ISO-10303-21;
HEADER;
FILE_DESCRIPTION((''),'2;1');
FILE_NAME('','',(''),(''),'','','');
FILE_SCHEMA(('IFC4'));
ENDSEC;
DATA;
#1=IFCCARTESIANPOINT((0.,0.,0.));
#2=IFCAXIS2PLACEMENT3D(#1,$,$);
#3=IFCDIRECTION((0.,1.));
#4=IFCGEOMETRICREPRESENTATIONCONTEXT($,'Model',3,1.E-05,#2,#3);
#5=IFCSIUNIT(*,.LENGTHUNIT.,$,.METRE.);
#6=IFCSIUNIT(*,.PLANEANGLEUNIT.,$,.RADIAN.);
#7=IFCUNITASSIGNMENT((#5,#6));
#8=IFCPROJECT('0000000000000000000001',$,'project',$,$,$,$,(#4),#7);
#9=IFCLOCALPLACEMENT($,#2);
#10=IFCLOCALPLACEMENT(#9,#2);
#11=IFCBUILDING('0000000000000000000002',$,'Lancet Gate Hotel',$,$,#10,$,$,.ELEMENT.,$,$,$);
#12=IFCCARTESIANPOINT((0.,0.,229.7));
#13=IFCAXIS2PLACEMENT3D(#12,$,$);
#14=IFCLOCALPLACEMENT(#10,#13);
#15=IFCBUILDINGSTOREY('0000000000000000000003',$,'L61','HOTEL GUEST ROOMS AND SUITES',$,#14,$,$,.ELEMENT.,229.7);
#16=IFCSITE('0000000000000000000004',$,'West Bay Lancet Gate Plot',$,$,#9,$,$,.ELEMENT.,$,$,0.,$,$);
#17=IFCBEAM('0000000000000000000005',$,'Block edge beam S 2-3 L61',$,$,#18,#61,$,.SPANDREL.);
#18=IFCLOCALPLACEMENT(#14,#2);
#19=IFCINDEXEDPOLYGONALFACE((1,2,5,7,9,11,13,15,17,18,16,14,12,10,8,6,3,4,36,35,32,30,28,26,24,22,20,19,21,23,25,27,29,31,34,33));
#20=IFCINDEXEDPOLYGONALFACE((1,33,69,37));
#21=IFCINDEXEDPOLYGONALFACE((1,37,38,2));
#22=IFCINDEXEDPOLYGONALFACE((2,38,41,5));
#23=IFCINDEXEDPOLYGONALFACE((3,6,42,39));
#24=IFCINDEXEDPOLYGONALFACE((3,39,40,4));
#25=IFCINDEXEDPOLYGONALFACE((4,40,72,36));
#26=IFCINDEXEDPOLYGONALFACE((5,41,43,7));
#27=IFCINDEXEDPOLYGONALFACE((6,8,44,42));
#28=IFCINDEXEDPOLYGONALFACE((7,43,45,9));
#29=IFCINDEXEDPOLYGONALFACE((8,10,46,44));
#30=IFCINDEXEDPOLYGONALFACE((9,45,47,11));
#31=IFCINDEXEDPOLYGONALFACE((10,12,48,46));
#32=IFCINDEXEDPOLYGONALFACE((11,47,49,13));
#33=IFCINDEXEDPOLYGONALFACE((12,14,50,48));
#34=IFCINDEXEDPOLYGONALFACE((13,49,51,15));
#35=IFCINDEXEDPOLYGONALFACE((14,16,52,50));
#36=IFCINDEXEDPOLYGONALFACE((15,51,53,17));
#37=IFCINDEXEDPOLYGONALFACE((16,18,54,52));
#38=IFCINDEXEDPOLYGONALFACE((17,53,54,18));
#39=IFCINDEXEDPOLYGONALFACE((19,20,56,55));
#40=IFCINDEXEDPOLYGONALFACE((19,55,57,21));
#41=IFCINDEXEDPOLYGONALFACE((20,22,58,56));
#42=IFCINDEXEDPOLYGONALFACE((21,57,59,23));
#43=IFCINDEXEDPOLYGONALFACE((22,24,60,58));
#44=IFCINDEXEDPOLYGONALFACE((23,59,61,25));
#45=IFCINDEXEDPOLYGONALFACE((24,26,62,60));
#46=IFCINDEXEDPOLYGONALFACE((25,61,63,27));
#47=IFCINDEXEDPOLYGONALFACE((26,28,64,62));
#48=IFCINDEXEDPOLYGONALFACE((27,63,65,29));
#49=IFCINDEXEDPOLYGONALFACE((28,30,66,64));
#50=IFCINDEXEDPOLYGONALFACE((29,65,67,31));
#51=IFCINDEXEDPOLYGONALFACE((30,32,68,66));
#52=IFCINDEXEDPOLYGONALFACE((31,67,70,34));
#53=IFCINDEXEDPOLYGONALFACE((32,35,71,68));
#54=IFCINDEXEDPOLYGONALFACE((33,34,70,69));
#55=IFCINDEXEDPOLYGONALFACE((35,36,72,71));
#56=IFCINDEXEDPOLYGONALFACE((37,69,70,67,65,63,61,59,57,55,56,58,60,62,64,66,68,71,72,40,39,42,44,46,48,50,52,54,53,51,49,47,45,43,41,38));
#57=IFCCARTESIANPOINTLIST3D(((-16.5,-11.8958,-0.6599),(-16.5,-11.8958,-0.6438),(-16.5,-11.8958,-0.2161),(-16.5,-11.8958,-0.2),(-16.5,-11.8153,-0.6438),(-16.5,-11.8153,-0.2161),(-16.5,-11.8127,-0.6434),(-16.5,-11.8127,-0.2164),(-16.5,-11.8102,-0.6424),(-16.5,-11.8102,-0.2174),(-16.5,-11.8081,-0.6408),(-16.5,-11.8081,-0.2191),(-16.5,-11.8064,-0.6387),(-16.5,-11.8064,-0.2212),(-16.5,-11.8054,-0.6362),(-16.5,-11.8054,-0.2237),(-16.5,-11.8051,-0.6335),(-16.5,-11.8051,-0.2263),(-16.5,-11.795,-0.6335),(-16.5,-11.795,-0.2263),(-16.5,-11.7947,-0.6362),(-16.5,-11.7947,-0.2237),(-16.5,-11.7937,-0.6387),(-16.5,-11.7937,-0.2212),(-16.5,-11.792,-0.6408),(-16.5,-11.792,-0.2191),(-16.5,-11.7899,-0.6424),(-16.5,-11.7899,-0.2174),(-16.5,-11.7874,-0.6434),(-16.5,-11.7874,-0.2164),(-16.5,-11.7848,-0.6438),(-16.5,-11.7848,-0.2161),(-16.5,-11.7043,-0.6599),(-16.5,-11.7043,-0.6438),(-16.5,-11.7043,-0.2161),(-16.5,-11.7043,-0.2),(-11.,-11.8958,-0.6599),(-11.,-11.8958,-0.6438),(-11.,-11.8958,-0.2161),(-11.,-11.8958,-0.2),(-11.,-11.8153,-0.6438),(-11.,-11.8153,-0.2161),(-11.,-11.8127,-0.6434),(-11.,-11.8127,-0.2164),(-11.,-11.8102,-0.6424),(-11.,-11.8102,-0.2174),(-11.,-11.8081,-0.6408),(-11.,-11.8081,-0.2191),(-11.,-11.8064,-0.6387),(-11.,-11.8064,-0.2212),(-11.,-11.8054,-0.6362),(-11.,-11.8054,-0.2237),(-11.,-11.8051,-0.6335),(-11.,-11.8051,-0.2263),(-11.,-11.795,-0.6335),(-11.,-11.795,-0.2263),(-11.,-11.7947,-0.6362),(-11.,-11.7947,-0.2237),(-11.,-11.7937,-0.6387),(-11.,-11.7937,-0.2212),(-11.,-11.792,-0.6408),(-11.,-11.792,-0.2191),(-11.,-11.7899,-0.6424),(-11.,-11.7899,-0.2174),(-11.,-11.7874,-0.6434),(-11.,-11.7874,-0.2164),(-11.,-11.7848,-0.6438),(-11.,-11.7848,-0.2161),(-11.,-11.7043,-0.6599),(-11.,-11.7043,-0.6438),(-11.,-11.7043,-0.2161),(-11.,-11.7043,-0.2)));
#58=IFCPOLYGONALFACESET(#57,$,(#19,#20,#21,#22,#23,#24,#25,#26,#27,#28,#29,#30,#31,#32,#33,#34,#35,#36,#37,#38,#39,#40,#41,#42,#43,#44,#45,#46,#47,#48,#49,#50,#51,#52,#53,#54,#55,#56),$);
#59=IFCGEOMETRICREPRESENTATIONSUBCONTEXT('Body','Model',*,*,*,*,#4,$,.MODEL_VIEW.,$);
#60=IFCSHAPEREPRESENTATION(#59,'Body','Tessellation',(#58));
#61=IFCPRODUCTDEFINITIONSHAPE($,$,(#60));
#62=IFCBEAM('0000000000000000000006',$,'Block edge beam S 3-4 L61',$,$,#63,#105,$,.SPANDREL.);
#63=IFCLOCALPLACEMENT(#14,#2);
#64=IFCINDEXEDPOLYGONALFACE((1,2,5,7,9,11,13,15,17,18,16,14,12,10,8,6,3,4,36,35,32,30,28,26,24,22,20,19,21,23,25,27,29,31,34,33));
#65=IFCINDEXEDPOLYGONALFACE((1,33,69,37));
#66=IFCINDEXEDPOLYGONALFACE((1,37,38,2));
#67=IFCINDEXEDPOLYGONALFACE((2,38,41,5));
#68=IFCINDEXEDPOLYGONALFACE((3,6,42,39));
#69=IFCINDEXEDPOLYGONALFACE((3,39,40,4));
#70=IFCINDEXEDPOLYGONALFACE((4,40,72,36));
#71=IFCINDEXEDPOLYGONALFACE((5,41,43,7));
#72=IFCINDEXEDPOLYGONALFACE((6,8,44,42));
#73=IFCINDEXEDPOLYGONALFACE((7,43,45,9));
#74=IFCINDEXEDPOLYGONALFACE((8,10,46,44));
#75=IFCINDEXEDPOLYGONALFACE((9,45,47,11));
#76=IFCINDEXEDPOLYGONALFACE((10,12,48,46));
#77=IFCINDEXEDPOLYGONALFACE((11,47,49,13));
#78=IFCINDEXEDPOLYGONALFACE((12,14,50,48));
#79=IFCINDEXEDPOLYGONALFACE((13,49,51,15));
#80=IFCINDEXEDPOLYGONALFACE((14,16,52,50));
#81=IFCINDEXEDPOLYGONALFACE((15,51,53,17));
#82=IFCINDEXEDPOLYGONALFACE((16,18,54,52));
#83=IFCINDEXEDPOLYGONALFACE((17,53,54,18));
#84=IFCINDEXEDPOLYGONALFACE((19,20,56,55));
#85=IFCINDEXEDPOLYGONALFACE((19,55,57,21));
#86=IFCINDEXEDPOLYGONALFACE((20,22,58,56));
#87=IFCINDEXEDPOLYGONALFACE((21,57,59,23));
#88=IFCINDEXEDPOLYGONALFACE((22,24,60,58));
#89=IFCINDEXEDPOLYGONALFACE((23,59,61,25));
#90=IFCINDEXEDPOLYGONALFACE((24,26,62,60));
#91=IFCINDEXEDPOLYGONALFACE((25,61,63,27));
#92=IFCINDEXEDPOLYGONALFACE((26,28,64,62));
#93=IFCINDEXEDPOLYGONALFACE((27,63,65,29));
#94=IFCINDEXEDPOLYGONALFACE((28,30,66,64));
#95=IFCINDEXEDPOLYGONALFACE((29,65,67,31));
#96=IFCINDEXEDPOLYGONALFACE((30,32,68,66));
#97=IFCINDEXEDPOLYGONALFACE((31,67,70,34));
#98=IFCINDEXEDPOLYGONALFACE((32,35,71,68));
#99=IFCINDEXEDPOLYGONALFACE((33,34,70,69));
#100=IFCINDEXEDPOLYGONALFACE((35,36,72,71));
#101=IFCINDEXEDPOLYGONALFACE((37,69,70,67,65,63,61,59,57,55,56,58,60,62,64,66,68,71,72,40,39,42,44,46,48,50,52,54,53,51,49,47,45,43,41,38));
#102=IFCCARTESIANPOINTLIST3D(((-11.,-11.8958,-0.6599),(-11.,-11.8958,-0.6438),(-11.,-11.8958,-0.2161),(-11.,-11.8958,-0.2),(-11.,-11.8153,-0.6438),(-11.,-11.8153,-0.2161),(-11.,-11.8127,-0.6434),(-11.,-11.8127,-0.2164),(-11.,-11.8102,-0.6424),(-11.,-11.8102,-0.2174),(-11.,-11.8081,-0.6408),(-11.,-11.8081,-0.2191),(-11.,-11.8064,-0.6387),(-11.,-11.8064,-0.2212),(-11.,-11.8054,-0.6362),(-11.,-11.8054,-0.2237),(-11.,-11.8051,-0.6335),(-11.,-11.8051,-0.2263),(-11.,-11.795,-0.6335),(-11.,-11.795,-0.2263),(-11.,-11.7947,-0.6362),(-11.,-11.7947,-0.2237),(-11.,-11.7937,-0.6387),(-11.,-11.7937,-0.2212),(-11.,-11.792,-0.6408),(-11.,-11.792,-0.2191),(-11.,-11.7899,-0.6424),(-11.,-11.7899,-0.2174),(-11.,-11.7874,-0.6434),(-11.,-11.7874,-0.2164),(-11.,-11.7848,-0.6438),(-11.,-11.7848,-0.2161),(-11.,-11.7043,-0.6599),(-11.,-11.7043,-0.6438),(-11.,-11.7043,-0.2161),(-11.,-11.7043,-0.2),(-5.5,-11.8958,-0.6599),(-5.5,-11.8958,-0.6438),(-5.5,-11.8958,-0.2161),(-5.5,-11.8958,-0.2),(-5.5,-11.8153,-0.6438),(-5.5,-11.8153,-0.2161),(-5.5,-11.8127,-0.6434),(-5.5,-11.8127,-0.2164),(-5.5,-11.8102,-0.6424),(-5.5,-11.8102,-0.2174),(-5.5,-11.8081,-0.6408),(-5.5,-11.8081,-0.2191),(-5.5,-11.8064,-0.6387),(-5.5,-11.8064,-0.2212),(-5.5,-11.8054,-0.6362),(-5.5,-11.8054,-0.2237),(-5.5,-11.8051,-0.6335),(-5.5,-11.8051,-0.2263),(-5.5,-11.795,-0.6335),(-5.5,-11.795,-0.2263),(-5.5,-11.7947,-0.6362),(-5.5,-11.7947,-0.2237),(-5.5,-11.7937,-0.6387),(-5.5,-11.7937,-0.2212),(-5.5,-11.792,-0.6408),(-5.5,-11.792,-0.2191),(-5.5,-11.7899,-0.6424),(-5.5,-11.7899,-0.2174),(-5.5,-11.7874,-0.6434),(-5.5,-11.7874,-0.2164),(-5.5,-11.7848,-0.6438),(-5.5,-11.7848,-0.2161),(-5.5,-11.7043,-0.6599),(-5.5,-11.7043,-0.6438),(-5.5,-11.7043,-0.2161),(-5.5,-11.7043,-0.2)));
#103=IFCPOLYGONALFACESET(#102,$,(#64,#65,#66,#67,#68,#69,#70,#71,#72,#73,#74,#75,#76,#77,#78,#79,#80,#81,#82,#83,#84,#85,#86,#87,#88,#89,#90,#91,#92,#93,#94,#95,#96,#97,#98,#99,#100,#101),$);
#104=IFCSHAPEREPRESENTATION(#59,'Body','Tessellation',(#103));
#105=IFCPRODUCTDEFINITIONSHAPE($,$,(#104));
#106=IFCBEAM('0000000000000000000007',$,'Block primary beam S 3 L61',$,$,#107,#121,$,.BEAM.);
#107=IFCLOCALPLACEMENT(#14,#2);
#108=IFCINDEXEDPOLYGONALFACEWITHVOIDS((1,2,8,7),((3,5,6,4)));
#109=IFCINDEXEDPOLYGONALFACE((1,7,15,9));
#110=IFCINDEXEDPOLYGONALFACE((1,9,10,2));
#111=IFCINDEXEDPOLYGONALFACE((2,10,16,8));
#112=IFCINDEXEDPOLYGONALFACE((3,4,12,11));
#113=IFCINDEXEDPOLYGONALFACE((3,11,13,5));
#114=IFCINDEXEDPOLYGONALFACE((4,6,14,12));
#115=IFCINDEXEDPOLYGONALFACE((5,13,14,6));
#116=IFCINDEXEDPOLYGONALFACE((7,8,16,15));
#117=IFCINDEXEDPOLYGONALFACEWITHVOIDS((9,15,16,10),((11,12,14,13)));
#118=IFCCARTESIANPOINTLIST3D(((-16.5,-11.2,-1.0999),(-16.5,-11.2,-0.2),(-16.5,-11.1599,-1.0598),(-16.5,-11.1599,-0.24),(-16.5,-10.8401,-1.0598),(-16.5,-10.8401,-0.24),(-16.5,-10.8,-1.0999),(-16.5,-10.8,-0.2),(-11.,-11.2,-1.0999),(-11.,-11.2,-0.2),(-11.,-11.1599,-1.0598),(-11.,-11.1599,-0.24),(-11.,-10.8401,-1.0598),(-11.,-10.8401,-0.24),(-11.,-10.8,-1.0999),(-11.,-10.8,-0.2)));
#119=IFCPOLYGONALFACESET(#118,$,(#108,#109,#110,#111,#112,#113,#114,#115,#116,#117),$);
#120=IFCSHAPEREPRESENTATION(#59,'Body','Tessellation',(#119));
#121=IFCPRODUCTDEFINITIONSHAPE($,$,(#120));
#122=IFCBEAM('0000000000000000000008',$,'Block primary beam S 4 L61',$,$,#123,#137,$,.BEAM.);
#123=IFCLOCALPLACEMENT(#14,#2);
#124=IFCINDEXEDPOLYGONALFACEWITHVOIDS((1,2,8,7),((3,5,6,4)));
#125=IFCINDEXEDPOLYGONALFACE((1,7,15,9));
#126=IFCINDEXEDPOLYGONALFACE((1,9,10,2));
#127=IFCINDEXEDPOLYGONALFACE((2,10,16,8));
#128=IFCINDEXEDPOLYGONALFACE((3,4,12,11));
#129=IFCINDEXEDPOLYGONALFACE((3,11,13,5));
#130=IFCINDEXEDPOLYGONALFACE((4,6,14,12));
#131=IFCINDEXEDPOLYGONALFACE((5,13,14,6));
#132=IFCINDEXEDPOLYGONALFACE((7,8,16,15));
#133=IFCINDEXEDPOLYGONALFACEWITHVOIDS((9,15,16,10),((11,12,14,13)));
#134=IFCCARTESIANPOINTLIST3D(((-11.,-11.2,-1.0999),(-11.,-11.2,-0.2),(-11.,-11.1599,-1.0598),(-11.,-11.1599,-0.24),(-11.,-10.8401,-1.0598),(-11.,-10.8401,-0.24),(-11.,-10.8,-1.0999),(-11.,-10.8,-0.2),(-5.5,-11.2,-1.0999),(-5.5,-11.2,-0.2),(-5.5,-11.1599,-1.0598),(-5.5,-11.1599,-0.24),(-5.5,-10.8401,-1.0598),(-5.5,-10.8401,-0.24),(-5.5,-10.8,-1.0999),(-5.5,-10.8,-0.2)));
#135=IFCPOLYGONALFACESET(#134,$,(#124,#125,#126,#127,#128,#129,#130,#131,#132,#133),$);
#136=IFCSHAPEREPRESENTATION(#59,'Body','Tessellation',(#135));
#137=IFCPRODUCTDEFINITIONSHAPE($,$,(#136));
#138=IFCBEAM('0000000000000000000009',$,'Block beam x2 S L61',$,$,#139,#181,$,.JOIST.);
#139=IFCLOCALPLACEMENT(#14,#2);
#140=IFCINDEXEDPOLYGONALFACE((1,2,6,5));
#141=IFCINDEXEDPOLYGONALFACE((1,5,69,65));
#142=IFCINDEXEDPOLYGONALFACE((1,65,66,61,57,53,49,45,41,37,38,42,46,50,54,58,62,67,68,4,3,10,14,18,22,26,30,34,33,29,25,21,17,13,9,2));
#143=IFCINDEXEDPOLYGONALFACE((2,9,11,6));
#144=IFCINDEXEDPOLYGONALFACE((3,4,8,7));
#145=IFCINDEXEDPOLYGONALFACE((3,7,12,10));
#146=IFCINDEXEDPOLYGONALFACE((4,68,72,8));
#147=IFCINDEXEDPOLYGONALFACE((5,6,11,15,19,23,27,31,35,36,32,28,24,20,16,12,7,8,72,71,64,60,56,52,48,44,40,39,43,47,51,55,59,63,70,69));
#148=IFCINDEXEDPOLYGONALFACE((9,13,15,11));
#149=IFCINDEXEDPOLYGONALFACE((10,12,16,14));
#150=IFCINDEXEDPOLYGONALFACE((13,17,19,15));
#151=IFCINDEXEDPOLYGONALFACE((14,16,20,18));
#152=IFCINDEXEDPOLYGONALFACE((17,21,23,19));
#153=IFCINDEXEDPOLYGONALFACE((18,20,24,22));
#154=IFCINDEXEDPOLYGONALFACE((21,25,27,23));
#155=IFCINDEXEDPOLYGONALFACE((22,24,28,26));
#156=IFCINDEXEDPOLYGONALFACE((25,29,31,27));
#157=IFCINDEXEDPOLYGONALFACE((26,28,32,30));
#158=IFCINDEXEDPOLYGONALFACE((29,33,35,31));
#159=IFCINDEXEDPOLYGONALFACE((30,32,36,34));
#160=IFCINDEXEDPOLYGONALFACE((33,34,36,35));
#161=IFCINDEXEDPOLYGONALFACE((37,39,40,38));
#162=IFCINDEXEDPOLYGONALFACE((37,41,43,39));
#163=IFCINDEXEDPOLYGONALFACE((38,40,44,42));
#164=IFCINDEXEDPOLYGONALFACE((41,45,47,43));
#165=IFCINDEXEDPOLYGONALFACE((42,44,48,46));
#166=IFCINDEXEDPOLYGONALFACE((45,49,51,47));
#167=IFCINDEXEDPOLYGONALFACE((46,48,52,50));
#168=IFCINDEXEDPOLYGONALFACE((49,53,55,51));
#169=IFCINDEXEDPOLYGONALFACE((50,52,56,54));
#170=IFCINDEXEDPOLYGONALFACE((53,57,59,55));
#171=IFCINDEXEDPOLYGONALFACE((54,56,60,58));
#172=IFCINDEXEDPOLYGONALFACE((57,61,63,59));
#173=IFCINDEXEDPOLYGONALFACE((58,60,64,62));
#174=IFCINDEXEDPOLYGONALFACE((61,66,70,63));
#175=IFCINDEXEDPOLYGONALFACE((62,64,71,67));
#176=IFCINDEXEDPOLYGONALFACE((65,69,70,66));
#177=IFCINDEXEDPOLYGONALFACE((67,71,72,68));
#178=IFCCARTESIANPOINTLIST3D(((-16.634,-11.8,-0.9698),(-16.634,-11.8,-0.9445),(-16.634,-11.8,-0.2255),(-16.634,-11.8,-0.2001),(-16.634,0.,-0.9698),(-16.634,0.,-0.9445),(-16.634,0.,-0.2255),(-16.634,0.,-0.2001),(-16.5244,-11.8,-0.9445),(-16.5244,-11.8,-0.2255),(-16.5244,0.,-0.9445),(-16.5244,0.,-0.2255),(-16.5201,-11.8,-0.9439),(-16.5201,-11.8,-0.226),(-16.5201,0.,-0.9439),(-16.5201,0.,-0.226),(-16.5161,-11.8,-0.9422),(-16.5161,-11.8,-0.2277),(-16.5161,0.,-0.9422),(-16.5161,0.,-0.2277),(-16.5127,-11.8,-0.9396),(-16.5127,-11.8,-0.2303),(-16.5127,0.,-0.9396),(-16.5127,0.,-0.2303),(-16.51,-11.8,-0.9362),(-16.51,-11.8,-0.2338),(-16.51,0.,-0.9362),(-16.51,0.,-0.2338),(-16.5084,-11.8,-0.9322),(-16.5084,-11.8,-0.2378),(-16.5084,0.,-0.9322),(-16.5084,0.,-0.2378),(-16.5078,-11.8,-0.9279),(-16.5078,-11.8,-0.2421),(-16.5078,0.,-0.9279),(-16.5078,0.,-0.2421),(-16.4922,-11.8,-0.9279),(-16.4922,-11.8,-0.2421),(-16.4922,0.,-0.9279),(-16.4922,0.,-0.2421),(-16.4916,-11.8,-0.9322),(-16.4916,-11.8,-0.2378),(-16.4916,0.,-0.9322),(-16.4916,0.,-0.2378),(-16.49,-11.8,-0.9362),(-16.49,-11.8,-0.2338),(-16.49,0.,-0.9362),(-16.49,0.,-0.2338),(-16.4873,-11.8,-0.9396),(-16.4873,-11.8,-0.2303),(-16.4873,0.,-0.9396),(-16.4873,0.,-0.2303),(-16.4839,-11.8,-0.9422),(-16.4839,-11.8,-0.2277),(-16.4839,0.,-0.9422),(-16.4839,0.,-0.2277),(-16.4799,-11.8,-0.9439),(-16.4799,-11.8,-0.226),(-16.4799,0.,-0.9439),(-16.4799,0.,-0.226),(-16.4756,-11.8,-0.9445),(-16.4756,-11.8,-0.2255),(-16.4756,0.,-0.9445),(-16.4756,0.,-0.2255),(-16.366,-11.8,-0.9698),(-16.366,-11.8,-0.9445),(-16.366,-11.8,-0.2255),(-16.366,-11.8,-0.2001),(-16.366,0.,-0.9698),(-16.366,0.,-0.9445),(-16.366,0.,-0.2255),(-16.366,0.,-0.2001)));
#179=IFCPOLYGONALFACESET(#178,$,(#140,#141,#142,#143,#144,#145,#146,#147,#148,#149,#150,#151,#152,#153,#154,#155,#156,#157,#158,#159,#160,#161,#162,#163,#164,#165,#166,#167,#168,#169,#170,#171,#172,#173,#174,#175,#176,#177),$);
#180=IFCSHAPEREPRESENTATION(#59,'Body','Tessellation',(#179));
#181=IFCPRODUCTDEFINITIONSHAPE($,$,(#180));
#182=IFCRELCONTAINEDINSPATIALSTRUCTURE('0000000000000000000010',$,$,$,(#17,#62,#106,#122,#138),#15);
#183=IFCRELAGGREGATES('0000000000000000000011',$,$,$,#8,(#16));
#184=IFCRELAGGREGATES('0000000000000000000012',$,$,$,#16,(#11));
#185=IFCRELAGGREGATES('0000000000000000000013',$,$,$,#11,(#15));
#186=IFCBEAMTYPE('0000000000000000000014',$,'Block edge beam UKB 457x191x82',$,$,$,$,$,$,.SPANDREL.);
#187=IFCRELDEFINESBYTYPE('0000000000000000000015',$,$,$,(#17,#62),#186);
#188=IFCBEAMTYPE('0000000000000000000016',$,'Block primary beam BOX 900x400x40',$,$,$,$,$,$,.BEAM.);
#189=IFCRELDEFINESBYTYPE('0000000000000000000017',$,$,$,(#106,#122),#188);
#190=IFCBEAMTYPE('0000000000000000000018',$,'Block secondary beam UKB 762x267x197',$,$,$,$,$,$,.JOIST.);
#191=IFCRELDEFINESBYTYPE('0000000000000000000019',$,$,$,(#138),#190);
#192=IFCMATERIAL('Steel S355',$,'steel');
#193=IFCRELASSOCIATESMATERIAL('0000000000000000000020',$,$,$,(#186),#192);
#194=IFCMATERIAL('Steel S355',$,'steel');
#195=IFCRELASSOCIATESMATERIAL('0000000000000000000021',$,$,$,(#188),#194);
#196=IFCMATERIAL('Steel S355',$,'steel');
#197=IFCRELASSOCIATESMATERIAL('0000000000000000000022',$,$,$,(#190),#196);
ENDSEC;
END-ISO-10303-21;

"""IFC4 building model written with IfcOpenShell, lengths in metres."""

from ifc_helpers import new_model, si_unit, direction, frame, origin, origin_2d, place, context, subcontext, project, spatial, hollow_rectangle, i_section, extrude, material, material_profile, profile_set, type_object, element, save


model = new_model("IFC4")

# Units and contexts
model_context = context("Model", 3, precision=1e-05, world=origin(), true_north=direction((0.0, 1.0)))
body_context = subcontext(model_context, "Body", "Model", "MODEL_VIEW")
ifc_project = project(units=[si_unit("LENGTHUNIT", "METRE"), si_unit("PLANEANGLEUNIT", "RADIAN")], contexts=[model_context])

# Site, building, storey
site_placement = place(None, origin())
site = spatial("IfcSite", under=ifc_project, at=site_placement, Name="West Bay Lancet Gate Plot", CompositionType="ELEMENT", RefElevation=0.0)
building_placement = place(site_placement, origin())
building = spatial("IfcBuilding", under=site, at=building_placement, Name="Lancet Gate Hotel", CompositionType="ELEMENT")
storey_placement = place(building_placement, frame((0.0, 0.0, 229.7)))
storey = spatial("IfcBuildingStorey", under=building, at=storey_placement, Name="L61", Description="HOTEL GUEST ROOMS AND SUITES", CompositionType="ELEMENT", Elevation=229.7)

# Beams
ifc_material_1 = material(Name="Steel S355", Category="steel")
ifc_material_profile_1 = material_profile(ifc_material_1, i_section(OverallWidth=0.1914, OverallDepth=0.46, WebThickness=0.01, FlangeThickness=0.0161, FilletRadius=0.0103, at=origin_2d()), Name="UKB 457x191x82")
ifc_profile_set_1 = profile_set([ifc_material_profile_1], Name="Steel S355")
beam_type_1 = type_object("IfcBeamType", Name="Block edge beam UKB 457x191x82", PredefinedType="SPANDREL", material=ifc_profile_set_1)
for number, where, z_axis, x_axis, name in (
    (1, (-16.5, -11.8, -0.4299), (1.0, 0.0, 0.0), (0.0, 1.0, 0.0), "Block edge beam S 2-3 L61"),
    (2, (-11.0, -11.8, -0.4299), (1.0, 0.0, 0.0), (0.0, 1.0, 0.0), "Block edge beam S 3-4 L61"),
):
    element("IfcBeam", number, at=place(storey_placement, frame(where, z_axis=z_axis, x_axis=x_axis)), inside=storey, type_object=beam_type_1, Name=name, PredefinedType="SPANDREL", context=body_context, shape_type="SweptSolid", body=[
        extrude(i_section(OverallWidth=0.1914, OverallDepth=0.46, WebThickness=0.01, FlangeThickness=0.0161, FilletRadius=0.0103, at=origin_2d()), origin(), (0.0, 0.0, 1.0), 5.5),
    ])
ifc_material_2 = material(Name="Steel S355", Category="steel")
ifc_material_profile_2 = material_profile(ifc_material_2, hollow_rectangle(XDim=0.3999, YDim=0.8999, WallThickness=0.04, at=origin_2d()), Name="BOX 900x400x40")
ifc_profile_set_2 = profile_set([ifc_material_profile_2], Name="Steel S355")
beam_type_2 = type_object("IfcBeamType", Name="Block primary beam BOX 900x400x40", PredefinedType="BEAM", material=ifc_profile_set_2)
for number, where, z_axis, x_axis, name in (
    (3, (-16.5, -11.0, -0.6499), (1.0, 0.0, 0.0), (0.0, 1.0, 0.0), "Block primary beam S 3 L61"),
    (4, (-11.0, -11.0, -0.6499), (1.0, 0.0, 0.0), (0.0, 1.0, 0.0), "Block primary beam S 4 L61"),
):
    element("IfcBeam", number, at=place(storey_placement, frame(where, z_axis=z_axis, x_axis=x_axis)), inside=storey, type_object=beam_type_2, Name=name, PredefinedType="BEAM", context=body_context, shape_type="SweptSolid", body=[
        extrude(hollow_rectangle(XDim=0.3999, YDim=0.8999, WallThickness=0.04, at=origin_2d()), origin(), (0.0, 0.0, 1.0), 5.5),
    ])
ifc_material_3 = material(Name="Steel S355", Category="steel")
ifc_material_profile_3 = material_profile(ifc_material_3, i_section(OverallWidth=0.2681, OverallDepth=0.7698, WebThickness=0.0156, FlangeThickness=0.0254, FilletRadius=0.0166, at=origin_2d()), Name="UKB 762x267x197")
ifc_profile_set_3 = profile_set([ifc_material_profile_3], Name="Steel S355")
beam_type_3 = type_object("IfcBeamType", Name="Block secondary beam UKB 762x267x197", PredefinedType="JOIST", material=ifc_profile_set_3)
for number, where, z_axis, x_axis, name in (
    (5, (-16.5, -11.8, -0.585), (0.0, 1.0, 0.0), (-1.0, 0.0, 0.0), "Block beam x2 S L61"),
):
    element("IfcBeam", number, at=place(storey_placement, frame(where, z_axis=z_axis, x_axis=x_axis)), inside=storey, type_object=beam_type_3, Name=name, PredefinedType="JOIST", context=body_context, shape_type="SweptSolid", body=[
        extrude(i_section(OverallWidth=0.2681, OverallDepth=0.7698, WebThickness=0.0156, FlangeThickness=0.0254, FilletRadius=0.0166, at=origin_2d()), origin(), (0.0, 0.0, 1.0), 11.8),
    ])

save(model, "model.ifc")
